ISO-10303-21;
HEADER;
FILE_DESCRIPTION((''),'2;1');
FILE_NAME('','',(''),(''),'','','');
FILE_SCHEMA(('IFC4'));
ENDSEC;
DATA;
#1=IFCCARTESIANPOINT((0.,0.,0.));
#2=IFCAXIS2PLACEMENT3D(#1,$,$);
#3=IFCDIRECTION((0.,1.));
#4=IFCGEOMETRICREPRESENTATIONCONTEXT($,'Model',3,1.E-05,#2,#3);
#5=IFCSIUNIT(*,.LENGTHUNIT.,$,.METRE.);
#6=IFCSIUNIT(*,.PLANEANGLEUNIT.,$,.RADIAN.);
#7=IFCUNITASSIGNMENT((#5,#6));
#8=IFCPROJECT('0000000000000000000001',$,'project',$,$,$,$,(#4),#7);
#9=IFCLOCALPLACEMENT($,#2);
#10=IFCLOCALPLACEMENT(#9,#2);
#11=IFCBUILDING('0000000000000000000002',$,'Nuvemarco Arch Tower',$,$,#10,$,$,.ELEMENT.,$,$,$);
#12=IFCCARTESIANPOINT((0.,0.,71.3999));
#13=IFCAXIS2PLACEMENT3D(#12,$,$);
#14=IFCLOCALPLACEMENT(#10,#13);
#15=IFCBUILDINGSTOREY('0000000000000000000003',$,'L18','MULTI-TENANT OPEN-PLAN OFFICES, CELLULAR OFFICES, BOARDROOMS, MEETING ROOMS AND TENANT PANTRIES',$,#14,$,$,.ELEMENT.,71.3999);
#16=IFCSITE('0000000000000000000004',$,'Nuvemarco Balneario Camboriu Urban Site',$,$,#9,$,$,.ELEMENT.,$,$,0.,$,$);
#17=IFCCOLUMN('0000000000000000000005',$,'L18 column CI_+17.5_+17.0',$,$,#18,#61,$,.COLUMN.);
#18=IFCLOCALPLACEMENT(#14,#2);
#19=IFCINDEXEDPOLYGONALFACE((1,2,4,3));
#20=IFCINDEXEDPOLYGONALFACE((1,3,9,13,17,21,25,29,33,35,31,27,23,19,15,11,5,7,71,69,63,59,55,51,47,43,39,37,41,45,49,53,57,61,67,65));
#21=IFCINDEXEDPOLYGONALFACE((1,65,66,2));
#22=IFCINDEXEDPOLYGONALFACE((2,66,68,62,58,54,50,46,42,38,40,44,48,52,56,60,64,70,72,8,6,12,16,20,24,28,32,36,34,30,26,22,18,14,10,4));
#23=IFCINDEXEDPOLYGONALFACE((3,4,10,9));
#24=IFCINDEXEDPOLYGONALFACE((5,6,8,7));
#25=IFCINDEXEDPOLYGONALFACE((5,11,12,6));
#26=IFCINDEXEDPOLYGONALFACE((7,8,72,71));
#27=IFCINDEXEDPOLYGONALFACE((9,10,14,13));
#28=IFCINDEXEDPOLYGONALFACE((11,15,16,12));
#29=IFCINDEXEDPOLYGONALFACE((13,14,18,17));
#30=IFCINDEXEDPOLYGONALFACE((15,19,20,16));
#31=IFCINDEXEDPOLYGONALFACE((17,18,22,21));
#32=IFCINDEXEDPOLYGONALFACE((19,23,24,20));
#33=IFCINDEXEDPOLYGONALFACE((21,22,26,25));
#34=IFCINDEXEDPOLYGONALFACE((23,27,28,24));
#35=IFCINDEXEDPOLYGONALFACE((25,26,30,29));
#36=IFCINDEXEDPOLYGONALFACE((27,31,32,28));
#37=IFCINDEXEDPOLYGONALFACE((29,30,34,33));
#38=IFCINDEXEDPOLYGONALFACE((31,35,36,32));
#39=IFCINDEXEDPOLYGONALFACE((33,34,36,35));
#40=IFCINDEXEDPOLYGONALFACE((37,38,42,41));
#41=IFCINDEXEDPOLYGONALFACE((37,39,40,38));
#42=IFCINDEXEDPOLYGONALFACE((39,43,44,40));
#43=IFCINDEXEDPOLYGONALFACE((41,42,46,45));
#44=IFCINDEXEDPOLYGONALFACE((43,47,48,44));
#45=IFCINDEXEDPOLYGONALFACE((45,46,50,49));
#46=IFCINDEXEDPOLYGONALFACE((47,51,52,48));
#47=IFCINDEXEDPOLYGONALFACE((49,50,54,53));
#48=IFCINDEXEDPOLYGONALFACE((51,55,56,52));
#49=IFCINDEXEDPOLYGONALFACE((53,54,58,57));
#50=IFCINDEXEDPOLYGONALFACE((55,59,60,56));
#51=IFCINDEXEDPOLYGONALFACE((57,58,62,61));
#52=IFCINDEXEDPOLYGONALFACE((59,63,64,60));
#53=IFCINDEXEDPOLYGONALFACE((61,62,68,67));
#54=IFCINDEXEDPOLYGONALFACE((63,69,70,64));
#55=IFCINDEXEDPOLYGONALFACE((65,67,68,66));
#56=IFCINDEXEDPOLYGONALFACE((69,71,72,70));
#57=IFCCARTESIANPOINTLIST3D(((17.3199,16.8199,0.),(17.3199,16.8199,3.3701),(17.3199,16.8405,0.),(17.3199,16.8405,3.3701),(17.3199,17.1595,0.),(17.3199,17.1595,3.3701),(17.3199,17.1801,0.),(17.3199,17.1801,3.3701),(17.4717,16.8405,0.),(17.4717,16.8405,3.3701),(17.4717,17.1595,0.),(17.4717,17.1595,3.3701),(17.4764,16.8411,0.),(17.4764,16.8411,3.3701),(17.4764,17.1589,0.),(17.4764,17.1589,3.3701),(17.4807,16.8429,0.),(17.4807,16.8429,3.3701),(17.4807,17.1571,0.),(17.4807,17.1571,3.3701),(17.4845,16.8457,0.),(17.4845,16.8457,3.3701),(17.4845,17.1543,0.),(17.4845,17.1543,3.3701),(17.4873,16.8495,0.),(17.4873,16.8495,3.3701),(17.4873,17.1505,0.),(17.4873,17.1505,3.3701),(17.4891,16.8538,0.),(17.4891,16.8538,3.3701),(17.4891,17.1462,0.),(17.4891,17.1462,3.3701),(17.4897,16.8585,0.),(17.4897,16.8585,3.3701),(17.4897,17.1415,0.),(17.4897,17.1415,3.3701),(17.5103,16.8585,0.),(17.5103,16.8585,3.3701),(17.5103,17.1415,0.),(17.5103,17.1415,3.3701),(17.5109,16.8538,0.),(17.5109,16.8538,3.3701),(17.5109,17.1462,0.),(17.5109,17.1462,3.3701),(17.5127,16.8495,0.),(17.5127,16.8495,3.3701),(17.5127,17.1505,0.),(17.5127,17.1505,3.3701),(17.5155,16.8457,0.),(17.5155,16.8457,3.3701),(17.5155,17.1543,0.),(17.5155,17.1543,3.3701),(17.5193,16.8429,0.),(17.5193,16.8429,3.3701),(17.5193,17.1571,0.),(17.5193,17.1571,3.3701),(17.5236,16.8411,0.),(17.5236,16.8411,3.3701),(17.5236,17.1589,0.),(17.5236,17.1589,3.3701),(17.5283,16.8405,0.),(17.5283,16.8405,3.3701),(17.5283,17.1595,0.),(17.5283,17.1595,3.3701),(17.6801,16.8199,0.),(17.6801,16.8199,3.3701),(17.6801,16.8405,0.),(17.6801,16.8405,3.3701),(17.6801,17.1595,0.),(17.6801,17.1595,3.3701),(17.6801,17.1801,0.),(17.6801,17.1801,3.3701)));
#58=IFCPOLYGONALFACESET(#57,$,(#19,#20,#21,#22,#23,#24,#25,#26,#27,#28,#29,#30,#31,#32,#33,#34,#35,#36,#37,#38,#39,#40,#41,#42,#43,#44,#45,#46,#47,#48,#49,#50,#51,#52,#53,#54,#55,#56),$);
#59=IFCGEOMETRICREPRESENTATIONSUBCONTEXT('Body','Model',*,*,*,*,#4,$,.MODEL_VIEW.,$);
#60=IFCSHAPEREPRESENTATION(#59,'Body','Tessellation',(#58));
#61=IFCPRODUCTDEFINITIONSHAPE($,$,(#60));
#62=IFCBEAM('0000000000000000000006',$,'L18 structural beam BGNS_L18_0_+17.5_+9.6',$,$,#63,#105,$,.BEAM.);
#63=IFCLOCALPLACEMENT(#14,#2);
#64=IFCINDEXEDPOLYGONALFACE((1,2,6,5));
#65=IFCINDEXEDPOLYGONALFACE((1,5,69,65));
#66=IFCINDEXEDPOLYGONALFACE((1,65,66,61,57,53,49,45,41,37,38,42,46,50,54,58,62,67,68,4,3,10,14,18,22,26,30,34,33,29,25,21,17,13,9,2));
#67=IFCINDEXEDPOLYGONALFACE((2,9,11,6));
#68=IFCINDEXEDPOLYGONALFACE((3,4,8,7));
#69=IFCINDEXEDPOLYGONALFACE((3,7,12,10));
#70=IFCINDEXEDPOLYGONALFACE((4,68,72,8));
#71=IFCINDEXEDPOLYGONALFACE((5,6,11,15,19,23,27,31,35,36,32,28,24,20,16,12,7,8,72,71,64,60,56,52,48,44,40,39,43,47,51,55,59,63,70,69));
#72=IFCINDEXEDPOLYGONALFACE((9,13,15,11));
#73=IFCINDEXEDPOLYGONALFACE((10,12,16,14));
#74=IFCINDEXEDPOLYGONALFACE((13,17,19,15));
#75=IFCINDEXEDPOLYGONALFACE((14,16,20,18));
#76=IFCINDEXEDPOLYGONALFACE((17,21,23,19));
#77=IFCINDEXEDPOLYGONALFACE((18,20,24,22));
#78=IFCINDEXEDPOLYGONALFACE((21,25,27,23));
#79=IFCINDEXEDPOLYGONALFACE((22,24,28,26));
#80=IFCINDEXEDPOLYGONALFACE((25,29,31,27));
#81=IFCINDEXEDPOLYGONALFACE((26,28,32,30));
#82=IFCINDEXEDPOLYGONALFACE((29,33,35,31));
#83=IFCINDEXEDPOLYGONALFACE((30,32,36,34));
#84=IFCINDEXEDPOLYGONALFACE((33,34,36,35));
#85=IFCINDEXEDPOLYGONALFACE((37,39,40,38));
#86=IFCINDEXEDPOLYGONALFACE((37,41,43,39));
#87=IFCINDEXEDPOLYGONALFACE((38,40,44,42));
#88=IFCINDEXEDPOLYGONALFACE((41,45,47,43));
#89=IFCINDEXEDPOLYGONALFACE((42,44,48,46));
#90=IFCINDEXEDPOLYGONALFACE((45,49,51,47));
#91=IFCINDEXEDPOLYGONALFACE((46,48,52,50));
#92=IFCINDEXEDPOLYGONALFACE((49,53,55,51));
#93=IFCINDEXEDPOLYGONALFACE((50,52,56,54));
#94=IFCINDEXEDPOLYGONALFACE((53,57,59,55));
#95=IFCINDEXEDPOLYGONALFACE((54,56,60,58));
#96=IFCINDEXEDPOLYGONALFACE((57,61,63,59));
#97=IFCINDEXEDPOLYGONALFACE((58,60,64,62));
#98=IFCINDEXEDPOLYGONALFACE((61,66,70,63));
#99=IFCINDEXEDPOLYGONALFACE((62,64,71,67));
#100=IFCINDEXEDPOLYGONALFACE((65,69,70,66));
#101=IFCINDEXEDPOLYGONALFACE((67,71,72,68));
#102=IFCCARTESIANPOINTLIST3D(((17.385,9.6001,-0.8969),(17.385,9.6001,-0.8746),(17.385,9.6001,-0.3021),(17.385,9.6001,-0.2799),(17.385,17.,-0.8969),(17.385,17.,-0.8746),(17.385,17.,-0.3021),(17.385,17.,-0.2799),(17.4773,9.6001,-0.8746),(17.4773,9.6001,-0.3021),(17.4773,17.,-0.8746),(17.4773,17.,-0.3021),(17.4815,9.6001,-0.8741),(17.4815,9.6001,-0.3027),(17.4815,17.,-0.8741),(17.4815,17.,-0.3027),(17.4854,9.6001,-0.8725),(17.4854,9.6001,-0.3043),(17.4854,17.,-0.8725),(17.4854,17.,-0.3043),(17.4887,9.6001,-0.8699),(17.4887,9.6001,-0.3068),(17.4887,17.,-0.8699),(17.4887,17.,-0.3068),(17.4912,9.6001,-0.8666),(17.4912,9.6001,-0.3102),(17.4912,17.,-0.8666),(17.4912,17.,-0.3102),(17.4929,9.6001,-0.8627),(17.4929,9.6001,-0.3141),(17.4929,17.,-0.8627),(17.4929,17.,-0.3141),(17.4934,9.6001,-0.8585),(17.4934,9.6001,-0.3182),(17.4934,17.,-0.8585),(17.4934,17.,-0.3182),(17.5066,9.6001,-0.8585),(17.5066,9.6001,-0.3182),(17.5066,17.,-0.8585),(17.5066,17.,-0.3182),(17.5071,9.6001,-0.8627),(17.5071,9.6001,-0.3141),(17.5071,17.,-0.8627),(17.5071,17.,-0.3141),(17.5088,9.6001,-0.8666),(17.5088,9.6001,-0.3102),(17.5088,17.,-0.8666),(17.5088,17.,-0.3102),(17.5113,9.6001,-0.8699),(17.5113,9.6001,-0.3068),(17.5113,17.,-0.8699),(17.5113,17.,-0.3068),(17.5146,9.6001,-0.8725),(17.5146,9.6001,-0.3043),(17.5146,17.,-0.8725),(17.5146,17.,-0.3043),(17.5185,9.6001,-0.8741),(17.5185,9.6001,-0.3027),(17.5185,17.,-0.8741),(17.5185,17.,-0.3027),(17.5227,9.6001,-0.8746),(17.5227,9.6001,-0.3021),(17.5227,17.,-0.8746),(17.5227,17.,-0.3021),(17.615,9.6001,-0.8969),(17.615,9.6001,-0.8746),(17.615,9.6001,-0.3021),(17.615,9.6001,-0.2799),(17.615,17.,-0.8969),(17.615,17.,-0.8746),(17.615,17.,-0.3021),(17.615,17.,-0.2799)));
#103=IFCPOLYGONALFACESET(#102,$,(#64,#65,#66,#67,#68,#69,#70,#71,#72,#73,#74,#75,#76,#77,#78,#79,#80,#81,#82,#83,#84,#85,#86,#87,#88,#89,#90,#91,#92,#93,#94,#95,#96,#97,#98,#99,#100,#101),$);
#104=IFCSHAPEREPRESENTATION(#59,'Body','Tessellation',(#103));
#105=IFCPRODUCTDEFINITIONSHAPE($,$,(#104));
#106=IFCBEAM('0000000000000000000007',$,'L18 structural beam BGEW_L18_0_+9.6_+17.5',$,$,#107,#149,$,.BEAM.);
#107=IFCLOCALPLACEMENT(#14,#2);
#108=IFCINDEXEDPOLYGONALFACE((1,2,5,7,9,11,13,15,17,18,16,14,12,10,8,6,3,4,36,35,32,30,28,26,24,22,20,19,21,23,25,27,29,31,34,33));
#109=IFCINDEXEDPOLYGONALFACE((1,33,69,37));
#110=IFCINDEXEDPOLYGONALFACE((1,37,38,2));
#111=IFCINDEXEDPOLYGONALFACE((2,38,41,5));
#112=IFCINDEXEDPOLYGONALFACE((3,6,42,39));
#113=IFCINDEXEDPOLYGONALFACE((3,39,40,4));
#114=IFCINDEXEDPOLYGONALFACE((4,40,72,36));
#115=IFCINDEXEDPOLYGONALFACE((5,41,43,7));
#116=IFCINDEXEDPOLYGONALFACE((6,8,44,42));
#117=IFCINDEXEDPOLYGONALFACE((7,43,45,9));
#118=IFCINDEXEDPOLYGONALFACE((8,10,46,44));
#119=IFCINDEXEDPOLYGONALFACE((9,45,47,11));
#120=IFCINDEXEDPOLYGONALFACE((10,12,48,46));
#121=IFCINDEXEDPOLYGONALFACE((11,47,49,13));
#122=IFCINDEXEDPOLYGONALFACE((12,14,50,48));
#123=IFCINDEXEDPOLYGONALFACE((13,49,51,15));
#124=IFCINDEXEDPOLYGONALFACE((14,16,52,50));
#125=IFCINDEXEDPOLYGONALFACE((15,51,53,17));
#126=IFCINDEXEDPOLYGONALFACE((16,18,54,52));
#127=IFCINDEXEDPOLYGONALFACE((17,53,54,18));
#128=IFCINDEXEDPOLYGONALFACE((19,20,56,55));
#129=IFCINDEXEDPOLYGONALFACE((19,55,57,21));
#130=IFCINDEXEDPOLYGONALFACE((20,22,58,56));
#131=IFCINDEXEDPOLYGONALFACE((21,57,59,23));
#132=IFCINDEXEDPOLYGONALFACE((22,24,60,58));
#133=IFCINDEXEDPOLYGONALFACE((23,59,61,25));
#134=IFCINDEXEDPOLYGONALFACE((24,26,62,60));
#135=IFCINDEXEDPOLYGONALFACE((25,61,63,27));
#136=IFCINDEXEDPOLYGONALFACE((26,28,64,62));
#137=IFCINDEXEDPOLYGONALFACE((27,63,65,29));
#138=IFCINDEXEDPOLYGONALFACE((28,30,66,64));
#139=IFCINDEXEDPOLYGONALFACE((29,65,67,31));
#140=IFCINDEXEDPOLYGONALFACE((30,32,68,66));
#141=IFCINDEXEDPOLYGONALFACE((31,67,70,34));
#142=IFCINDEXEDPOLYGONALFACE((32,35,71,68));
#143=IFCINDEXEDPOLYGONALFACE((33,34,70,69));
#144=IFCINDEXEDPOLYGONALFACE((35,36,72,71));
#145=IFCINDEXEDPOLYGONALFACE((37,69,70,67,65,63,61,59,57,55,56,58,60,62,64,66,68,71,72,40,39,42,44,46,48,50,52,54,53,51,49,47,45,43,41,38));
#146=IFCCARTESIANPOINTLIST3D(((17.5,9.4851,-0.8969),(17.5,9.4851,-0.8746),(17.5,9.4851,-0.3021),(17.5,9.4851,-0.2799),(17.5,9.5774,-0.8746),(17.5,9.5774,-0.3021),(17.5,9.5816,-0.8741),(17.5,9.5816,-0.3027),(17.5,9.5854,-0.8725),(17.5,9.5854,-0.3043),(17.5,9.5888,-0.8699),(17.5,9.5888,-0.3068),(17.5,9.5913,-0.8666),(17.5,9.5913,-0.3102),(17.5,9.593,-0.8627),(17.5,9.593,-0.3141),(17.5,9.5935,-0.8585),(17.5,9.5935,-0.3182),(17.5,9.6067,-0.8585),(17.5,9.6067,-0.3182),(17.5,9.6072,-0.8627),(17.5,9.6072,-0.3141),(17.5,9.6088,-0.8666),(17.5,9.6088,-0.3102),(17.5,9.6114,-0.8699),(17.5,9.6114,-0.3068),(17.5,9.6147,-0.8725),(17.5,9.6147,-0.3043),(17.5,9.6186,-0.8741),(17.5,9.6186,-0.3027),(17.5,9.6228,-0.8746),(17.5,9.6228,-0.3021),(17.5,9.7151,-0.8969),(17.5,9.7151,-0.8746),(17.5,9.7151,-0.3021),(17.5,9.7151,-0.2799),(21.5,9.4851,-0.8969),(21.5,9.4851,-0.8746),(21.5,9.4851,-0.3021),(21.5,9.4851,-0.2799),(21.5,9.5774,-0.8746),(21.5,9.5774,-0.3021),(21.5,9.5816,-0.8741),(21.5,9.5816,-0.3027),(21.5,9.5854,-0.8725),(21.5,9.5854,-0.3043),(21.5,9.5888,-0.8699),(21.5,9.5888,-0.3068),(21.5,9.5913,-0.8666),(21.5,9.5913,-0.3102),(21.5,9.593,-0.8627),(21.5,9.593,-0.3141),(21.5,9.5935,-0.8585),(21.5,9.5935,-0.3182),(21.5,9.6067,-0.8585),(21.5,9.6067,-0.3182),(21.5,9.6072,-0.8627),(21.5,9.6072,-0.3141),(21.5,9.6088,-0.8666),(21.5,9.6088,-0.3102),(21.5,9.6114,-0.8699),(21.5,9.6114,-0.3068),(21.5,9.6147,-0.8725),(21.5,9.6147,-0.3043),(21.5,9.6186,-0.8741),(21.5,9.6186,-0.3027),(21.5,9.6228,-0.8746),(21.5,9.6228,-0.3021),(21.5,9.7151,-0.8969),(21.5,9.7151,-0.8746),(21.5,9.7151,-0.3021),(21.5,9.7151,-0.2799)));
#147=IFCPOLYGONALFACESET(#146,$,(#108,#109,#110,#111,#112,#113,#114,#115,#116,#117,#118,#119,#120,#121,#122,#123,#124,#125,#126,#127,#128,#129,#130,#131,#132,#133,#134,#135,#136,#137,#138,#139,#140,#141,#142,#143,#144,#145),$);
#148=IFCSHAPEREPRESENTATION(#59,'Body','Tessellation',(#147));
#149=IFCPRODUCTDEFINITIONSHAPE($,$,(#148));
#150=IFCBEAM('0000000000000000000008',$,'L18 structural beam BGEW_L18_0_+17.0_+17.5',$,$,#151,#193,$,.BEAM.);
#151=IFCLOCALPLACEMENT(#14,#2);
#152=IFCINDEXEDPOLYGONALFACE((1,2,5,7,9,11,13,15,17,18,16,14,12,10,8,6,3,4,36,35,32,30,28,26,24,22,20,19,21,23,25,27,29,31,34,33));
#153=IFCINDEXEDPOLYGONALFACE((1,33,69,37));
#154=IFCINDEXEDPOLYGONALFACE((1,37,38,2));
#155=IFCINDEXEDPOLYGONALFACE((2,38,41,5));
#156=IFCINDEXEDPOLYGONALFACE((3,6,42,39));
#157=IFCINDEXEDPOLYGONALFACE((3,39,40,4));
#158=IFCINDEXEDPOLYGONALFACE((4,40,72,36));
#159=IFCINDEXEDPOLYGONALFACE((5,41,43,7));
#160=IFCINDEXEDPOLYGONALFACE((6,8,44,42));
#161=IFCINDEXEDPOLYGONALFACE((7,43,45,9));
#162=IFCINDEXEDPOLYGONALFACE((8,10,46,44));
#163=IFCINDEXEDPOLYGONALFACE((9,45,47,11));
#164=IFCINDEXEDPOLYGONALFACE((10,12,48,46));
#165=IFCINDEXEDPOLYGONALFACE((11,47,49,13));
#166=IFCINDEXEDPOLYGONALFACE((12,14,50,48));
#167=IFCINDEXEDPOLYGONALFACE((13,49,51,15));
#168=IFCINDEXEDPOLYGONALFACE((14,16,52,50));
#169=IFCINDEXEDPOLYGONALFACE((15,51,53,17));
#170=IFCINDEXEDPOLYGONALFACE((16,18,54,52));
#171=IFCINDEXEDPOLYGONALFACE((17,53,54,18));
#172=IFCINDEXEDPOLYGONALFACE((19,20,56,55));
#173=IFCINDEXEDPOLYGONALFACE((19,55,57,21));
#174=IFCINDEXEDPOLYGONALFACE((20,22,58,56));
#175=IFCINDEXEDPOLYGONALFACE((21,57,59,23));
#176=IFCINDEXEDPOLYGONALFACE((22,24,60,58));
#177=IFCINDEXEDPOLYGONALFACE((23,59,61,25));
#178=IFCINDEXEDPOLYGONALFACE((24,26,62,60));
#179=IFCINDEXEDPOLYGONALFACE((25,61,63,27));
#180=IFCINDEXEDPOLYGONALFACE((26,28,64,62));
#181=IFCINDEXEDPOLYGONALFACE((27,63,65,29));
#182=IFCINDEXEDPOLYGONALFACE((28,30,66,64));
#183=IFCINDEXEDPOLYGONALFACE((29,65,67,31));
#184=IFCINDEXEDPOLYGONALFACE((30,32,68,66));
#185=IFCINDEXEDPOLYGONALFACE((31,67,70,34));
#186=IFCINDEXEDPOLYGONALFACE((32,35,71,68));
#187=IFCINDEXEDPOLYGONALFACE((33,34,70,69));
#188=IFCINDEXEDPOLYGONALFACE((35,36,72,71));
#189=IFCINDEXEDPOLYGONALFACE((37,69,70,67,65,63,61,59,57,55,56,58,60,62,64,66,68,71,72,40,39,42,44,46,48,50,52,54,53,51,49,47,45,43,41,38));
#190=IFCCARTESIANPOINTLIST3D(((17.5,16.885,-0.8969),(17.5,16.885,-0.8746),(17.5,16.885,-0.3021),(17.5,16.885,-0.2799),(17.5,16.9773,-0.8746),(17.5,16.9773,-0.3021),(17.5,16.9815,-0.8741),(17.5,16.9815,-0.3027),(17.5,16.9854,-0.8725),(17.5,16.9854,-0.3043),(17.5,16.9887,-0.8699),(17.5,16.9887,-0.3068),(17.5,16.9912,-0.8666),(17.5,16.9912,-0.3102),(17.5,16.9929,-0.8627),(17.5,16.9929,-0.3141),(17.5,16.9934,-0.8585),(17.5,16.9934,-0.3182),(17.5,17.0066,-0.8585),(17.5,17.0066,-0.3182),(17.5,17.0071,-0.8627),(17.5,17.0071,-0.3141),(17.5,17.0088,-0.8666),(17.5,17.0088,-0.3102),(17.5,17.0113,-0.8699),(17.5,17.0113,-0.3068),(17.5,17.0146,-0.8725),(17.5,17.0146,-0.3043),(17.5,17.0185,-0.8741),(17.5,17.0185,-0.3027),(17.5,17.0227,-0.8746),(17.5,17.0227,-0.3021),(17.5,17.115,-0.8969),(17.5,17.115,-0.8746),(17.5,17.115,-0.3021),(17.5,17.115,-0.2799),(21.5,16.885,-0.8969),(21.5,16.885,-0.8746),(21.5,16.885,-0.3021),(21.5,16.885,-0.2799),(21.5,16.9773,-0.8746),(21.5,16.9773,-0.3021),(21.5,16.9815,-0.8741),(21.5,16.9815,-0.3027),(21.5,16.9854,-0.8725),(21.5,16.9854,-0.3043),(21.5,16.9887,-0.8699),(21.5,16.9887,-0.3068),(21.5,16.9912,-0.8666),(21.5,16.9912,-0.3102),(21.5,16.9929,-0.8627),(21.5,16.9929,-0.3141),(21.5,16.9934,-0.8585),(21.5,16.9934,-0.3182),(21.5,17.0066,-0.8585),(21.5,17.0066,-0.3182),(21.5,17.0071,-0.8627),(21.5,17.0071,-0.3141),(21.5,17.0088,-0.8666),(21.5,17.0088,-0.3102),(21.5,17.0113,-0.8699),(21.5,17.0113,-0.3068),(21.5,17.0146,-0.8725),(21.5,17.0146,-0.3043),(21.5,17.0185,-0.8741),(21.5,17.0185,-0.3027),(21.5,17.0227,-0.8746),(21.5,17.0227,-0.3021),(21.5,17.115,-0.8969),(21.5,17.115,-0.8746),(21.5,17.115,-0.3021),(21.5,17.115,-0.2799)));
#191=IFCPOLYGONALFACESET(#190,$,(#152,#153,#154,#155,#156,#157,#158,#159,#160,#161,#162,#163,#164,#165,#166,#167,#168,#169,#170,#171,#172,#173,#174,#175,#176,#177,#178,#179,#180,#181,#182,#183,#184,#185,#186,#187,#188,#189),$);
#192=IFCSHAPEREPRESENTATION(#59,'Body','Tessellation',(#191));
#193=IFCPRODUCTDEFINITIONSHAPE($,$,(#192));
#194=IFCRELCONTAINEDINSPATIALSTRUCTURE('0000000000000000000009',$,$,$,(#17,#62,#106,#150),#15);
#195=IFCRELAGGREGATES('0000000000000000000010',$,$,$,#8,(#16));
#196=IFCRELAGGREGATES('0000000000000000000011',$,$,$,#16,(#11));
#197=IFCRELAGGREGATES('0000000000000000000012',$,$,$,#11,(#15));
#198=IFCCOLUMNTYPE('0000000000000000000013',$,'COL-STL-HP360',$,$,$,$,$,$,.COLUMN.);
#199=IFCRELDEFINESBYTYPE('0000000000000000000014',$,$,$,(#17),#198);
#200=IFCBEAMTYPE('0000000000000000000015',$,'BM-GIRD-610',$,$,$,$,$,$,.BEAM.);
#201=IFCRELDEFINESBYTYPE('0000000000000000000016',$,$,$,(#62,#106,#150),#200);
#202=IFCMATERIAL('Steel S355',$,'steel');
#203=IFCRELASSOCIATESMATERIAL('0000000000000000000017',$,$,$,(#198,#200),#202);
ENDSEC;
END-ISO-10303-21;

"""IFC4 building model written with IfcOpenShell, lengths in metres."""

from ifc_helpers import new_model, si_unit, direction, frame, origin, origin_2d, place, context, subcontext, project, spatial, i_section, extrude, material, material_profile, profile_set, type_object, element, save


model = new_model("IFC4")

# Units and contexts
model_context = context("Model", 3, precision=1e-05, world=origin(), true_north=direction((0.0, 1.0)))
body_context = subcontext(model_context, "Body", "Model", "MODEL_VIEW")
ifc_project = project(units=[si_unit("LENGTHUNIT", "METRE"), si_unit("PLANEANGLEUNIT", "RADIAN")], contexts=[model_context])

# Site, building, storey
site_placement = place(None, origin())
site = spatial("IfcSite", under=ifc_project, at=site_placement, Name="Nuvemarco Balneario Camboriu Urban Site", CompositionType="ELEMENT", RefElevation=0.0)
building_placement = place(site_placement, origin())
building = spatial("IfcBuilding", under=site, at=building_placement, Name="Nuvemarco Arch Tower", CompositionType="ELEMENT")
storey_placement = place(building_placement, frame((0.0, 0.0, 71.3999)))
storey = spatial("IfcBuildingStorey", under=building, at=storey_placement, Name="L18", Description="MULTI-TENANT OPEN-PLAN OFFICES, CELLULAR OFFICES, BOARDROOMS, MEETING ROOMS AND TENANT PANTRIES", CompositionType="ELEMENT", Elevation=71.3999)

# Column
ifc_material_1 = material(Name="Steel S355", Category="steel")
ifc_material_profile_1 = material_profile(ifc_material_1, i_section(OverallWidth=0.3601, OverallDepth=0.3601, WebThickness=0.0205, FlangeThickness=0.0205, FilletRadius=0.0181, at=origin_2d()), Name="HP360x174")
ifc_profile_set_1 = profile_set([ifc_material_profile_1], Name="Steel S355")
column_type_1 = type_object("IfcColumnType", Name="COL-STL-HP360", PredefinedType="COLUMN", material=ifc_profile_set_1)
column_1_placement = place(storey_placement, frame((17.5, 17.0, 0.0), z_axis=(0.0, 0.0, 1.0), x_axis=(1.0, 0.0, 0.0)))
element("IfcColumn", 1, at=column_1_placement, inside=storey, type_object=column_type_1, Name="L18 column CI_+17.5_+17.0", PredefinedType="COLUMN", context=body_context, shape_type="SweptSolid", body=[
    extrude(i_section(OverallWidth=0.3601, OverallDepth=0.3601, WebThickness=0.0205, FlangeThickness=0.0205, FilletRadius=0.0181, at=origin_2d()), origin(), (0.0, 0.0, 1.0), 3.3701),
])

# Beams
ifc_material_profile_2 = material_profile(ifc_material_1, i_section(OverallWidth=0.23, OverallDepth=0.6169, WebThickness=0.0132, FlangeThickness=0.0222, FilletRadius=0.0161, at=origin_2d()), Name="W610x140")
ifc_profile_set_2 = profile_set([ifc_material_profile_2], Name="Steel S355")
beam_type_1 = type_object("IfcBeamType", Name="BM-GIRD-610", PredefinedType="BEAM", material=ifc_profile_set_2)
beam_1_placement = place(storey_placement, frame((17.5, 9.6001, -0.5884), z_axis=(0.0, 1.0, 0.0), x_axis=(-1.0, 0.0, 0.0)))
element("IfcBeam", 2, at=beam_1_placement, inside=storey, type_object=beam_type_1, Name="L18 structural beam BGNS_L18_0_+17.5_+9.6", PredefinedType="BEAM", context=body_context, shape_type="SweptSolid", body=[
    extrude(i_section(OverallWidth=0.23, OverallDepth=0.6169, WebThickness=0.0132, FlangeThickness=0.0222, FilletRadius=0.0161, at=origin_2d()), origin(), (0.0, 0.0, 1.0), 7.3999),
])
for number, where, z_axis, x_axis, name in (
    (3, (17.5, 9.6001, -0.5884), (1.0, 0.0, 0.0), (0.0, 1.0, 0.0), "L18 structural beam BGEW_L18_0_+9.6_+17.5"),
    (4, (17.5, 17.0, -0.5884), (1.0, 0.0, 0.0), (0.0, 1.0, 0.0), "L18 structural beam BGEW_L18_0_+17.0_+17.5"),
):
    element("IfcBeam", number, at=place(storey_placement, frame(where, z_axis=z_axis, x_axis=x_axis)), inside=storey, type_object=beam_type_1, Name=name, PredefinedType="BEAM", context=body_context, shape_type="SweptSolid", body=[
        extrude(i_section(OverallWidth=0.23, OverallDepth=0.6169, WebThickness=0.0132, FlangeThickness=0.0222, FilletRadius=0.0161, at=origin_2d()), origin(), (0.0, 0.0, 1.0), 4.0),
    ])

save(model, "model.ifc")
